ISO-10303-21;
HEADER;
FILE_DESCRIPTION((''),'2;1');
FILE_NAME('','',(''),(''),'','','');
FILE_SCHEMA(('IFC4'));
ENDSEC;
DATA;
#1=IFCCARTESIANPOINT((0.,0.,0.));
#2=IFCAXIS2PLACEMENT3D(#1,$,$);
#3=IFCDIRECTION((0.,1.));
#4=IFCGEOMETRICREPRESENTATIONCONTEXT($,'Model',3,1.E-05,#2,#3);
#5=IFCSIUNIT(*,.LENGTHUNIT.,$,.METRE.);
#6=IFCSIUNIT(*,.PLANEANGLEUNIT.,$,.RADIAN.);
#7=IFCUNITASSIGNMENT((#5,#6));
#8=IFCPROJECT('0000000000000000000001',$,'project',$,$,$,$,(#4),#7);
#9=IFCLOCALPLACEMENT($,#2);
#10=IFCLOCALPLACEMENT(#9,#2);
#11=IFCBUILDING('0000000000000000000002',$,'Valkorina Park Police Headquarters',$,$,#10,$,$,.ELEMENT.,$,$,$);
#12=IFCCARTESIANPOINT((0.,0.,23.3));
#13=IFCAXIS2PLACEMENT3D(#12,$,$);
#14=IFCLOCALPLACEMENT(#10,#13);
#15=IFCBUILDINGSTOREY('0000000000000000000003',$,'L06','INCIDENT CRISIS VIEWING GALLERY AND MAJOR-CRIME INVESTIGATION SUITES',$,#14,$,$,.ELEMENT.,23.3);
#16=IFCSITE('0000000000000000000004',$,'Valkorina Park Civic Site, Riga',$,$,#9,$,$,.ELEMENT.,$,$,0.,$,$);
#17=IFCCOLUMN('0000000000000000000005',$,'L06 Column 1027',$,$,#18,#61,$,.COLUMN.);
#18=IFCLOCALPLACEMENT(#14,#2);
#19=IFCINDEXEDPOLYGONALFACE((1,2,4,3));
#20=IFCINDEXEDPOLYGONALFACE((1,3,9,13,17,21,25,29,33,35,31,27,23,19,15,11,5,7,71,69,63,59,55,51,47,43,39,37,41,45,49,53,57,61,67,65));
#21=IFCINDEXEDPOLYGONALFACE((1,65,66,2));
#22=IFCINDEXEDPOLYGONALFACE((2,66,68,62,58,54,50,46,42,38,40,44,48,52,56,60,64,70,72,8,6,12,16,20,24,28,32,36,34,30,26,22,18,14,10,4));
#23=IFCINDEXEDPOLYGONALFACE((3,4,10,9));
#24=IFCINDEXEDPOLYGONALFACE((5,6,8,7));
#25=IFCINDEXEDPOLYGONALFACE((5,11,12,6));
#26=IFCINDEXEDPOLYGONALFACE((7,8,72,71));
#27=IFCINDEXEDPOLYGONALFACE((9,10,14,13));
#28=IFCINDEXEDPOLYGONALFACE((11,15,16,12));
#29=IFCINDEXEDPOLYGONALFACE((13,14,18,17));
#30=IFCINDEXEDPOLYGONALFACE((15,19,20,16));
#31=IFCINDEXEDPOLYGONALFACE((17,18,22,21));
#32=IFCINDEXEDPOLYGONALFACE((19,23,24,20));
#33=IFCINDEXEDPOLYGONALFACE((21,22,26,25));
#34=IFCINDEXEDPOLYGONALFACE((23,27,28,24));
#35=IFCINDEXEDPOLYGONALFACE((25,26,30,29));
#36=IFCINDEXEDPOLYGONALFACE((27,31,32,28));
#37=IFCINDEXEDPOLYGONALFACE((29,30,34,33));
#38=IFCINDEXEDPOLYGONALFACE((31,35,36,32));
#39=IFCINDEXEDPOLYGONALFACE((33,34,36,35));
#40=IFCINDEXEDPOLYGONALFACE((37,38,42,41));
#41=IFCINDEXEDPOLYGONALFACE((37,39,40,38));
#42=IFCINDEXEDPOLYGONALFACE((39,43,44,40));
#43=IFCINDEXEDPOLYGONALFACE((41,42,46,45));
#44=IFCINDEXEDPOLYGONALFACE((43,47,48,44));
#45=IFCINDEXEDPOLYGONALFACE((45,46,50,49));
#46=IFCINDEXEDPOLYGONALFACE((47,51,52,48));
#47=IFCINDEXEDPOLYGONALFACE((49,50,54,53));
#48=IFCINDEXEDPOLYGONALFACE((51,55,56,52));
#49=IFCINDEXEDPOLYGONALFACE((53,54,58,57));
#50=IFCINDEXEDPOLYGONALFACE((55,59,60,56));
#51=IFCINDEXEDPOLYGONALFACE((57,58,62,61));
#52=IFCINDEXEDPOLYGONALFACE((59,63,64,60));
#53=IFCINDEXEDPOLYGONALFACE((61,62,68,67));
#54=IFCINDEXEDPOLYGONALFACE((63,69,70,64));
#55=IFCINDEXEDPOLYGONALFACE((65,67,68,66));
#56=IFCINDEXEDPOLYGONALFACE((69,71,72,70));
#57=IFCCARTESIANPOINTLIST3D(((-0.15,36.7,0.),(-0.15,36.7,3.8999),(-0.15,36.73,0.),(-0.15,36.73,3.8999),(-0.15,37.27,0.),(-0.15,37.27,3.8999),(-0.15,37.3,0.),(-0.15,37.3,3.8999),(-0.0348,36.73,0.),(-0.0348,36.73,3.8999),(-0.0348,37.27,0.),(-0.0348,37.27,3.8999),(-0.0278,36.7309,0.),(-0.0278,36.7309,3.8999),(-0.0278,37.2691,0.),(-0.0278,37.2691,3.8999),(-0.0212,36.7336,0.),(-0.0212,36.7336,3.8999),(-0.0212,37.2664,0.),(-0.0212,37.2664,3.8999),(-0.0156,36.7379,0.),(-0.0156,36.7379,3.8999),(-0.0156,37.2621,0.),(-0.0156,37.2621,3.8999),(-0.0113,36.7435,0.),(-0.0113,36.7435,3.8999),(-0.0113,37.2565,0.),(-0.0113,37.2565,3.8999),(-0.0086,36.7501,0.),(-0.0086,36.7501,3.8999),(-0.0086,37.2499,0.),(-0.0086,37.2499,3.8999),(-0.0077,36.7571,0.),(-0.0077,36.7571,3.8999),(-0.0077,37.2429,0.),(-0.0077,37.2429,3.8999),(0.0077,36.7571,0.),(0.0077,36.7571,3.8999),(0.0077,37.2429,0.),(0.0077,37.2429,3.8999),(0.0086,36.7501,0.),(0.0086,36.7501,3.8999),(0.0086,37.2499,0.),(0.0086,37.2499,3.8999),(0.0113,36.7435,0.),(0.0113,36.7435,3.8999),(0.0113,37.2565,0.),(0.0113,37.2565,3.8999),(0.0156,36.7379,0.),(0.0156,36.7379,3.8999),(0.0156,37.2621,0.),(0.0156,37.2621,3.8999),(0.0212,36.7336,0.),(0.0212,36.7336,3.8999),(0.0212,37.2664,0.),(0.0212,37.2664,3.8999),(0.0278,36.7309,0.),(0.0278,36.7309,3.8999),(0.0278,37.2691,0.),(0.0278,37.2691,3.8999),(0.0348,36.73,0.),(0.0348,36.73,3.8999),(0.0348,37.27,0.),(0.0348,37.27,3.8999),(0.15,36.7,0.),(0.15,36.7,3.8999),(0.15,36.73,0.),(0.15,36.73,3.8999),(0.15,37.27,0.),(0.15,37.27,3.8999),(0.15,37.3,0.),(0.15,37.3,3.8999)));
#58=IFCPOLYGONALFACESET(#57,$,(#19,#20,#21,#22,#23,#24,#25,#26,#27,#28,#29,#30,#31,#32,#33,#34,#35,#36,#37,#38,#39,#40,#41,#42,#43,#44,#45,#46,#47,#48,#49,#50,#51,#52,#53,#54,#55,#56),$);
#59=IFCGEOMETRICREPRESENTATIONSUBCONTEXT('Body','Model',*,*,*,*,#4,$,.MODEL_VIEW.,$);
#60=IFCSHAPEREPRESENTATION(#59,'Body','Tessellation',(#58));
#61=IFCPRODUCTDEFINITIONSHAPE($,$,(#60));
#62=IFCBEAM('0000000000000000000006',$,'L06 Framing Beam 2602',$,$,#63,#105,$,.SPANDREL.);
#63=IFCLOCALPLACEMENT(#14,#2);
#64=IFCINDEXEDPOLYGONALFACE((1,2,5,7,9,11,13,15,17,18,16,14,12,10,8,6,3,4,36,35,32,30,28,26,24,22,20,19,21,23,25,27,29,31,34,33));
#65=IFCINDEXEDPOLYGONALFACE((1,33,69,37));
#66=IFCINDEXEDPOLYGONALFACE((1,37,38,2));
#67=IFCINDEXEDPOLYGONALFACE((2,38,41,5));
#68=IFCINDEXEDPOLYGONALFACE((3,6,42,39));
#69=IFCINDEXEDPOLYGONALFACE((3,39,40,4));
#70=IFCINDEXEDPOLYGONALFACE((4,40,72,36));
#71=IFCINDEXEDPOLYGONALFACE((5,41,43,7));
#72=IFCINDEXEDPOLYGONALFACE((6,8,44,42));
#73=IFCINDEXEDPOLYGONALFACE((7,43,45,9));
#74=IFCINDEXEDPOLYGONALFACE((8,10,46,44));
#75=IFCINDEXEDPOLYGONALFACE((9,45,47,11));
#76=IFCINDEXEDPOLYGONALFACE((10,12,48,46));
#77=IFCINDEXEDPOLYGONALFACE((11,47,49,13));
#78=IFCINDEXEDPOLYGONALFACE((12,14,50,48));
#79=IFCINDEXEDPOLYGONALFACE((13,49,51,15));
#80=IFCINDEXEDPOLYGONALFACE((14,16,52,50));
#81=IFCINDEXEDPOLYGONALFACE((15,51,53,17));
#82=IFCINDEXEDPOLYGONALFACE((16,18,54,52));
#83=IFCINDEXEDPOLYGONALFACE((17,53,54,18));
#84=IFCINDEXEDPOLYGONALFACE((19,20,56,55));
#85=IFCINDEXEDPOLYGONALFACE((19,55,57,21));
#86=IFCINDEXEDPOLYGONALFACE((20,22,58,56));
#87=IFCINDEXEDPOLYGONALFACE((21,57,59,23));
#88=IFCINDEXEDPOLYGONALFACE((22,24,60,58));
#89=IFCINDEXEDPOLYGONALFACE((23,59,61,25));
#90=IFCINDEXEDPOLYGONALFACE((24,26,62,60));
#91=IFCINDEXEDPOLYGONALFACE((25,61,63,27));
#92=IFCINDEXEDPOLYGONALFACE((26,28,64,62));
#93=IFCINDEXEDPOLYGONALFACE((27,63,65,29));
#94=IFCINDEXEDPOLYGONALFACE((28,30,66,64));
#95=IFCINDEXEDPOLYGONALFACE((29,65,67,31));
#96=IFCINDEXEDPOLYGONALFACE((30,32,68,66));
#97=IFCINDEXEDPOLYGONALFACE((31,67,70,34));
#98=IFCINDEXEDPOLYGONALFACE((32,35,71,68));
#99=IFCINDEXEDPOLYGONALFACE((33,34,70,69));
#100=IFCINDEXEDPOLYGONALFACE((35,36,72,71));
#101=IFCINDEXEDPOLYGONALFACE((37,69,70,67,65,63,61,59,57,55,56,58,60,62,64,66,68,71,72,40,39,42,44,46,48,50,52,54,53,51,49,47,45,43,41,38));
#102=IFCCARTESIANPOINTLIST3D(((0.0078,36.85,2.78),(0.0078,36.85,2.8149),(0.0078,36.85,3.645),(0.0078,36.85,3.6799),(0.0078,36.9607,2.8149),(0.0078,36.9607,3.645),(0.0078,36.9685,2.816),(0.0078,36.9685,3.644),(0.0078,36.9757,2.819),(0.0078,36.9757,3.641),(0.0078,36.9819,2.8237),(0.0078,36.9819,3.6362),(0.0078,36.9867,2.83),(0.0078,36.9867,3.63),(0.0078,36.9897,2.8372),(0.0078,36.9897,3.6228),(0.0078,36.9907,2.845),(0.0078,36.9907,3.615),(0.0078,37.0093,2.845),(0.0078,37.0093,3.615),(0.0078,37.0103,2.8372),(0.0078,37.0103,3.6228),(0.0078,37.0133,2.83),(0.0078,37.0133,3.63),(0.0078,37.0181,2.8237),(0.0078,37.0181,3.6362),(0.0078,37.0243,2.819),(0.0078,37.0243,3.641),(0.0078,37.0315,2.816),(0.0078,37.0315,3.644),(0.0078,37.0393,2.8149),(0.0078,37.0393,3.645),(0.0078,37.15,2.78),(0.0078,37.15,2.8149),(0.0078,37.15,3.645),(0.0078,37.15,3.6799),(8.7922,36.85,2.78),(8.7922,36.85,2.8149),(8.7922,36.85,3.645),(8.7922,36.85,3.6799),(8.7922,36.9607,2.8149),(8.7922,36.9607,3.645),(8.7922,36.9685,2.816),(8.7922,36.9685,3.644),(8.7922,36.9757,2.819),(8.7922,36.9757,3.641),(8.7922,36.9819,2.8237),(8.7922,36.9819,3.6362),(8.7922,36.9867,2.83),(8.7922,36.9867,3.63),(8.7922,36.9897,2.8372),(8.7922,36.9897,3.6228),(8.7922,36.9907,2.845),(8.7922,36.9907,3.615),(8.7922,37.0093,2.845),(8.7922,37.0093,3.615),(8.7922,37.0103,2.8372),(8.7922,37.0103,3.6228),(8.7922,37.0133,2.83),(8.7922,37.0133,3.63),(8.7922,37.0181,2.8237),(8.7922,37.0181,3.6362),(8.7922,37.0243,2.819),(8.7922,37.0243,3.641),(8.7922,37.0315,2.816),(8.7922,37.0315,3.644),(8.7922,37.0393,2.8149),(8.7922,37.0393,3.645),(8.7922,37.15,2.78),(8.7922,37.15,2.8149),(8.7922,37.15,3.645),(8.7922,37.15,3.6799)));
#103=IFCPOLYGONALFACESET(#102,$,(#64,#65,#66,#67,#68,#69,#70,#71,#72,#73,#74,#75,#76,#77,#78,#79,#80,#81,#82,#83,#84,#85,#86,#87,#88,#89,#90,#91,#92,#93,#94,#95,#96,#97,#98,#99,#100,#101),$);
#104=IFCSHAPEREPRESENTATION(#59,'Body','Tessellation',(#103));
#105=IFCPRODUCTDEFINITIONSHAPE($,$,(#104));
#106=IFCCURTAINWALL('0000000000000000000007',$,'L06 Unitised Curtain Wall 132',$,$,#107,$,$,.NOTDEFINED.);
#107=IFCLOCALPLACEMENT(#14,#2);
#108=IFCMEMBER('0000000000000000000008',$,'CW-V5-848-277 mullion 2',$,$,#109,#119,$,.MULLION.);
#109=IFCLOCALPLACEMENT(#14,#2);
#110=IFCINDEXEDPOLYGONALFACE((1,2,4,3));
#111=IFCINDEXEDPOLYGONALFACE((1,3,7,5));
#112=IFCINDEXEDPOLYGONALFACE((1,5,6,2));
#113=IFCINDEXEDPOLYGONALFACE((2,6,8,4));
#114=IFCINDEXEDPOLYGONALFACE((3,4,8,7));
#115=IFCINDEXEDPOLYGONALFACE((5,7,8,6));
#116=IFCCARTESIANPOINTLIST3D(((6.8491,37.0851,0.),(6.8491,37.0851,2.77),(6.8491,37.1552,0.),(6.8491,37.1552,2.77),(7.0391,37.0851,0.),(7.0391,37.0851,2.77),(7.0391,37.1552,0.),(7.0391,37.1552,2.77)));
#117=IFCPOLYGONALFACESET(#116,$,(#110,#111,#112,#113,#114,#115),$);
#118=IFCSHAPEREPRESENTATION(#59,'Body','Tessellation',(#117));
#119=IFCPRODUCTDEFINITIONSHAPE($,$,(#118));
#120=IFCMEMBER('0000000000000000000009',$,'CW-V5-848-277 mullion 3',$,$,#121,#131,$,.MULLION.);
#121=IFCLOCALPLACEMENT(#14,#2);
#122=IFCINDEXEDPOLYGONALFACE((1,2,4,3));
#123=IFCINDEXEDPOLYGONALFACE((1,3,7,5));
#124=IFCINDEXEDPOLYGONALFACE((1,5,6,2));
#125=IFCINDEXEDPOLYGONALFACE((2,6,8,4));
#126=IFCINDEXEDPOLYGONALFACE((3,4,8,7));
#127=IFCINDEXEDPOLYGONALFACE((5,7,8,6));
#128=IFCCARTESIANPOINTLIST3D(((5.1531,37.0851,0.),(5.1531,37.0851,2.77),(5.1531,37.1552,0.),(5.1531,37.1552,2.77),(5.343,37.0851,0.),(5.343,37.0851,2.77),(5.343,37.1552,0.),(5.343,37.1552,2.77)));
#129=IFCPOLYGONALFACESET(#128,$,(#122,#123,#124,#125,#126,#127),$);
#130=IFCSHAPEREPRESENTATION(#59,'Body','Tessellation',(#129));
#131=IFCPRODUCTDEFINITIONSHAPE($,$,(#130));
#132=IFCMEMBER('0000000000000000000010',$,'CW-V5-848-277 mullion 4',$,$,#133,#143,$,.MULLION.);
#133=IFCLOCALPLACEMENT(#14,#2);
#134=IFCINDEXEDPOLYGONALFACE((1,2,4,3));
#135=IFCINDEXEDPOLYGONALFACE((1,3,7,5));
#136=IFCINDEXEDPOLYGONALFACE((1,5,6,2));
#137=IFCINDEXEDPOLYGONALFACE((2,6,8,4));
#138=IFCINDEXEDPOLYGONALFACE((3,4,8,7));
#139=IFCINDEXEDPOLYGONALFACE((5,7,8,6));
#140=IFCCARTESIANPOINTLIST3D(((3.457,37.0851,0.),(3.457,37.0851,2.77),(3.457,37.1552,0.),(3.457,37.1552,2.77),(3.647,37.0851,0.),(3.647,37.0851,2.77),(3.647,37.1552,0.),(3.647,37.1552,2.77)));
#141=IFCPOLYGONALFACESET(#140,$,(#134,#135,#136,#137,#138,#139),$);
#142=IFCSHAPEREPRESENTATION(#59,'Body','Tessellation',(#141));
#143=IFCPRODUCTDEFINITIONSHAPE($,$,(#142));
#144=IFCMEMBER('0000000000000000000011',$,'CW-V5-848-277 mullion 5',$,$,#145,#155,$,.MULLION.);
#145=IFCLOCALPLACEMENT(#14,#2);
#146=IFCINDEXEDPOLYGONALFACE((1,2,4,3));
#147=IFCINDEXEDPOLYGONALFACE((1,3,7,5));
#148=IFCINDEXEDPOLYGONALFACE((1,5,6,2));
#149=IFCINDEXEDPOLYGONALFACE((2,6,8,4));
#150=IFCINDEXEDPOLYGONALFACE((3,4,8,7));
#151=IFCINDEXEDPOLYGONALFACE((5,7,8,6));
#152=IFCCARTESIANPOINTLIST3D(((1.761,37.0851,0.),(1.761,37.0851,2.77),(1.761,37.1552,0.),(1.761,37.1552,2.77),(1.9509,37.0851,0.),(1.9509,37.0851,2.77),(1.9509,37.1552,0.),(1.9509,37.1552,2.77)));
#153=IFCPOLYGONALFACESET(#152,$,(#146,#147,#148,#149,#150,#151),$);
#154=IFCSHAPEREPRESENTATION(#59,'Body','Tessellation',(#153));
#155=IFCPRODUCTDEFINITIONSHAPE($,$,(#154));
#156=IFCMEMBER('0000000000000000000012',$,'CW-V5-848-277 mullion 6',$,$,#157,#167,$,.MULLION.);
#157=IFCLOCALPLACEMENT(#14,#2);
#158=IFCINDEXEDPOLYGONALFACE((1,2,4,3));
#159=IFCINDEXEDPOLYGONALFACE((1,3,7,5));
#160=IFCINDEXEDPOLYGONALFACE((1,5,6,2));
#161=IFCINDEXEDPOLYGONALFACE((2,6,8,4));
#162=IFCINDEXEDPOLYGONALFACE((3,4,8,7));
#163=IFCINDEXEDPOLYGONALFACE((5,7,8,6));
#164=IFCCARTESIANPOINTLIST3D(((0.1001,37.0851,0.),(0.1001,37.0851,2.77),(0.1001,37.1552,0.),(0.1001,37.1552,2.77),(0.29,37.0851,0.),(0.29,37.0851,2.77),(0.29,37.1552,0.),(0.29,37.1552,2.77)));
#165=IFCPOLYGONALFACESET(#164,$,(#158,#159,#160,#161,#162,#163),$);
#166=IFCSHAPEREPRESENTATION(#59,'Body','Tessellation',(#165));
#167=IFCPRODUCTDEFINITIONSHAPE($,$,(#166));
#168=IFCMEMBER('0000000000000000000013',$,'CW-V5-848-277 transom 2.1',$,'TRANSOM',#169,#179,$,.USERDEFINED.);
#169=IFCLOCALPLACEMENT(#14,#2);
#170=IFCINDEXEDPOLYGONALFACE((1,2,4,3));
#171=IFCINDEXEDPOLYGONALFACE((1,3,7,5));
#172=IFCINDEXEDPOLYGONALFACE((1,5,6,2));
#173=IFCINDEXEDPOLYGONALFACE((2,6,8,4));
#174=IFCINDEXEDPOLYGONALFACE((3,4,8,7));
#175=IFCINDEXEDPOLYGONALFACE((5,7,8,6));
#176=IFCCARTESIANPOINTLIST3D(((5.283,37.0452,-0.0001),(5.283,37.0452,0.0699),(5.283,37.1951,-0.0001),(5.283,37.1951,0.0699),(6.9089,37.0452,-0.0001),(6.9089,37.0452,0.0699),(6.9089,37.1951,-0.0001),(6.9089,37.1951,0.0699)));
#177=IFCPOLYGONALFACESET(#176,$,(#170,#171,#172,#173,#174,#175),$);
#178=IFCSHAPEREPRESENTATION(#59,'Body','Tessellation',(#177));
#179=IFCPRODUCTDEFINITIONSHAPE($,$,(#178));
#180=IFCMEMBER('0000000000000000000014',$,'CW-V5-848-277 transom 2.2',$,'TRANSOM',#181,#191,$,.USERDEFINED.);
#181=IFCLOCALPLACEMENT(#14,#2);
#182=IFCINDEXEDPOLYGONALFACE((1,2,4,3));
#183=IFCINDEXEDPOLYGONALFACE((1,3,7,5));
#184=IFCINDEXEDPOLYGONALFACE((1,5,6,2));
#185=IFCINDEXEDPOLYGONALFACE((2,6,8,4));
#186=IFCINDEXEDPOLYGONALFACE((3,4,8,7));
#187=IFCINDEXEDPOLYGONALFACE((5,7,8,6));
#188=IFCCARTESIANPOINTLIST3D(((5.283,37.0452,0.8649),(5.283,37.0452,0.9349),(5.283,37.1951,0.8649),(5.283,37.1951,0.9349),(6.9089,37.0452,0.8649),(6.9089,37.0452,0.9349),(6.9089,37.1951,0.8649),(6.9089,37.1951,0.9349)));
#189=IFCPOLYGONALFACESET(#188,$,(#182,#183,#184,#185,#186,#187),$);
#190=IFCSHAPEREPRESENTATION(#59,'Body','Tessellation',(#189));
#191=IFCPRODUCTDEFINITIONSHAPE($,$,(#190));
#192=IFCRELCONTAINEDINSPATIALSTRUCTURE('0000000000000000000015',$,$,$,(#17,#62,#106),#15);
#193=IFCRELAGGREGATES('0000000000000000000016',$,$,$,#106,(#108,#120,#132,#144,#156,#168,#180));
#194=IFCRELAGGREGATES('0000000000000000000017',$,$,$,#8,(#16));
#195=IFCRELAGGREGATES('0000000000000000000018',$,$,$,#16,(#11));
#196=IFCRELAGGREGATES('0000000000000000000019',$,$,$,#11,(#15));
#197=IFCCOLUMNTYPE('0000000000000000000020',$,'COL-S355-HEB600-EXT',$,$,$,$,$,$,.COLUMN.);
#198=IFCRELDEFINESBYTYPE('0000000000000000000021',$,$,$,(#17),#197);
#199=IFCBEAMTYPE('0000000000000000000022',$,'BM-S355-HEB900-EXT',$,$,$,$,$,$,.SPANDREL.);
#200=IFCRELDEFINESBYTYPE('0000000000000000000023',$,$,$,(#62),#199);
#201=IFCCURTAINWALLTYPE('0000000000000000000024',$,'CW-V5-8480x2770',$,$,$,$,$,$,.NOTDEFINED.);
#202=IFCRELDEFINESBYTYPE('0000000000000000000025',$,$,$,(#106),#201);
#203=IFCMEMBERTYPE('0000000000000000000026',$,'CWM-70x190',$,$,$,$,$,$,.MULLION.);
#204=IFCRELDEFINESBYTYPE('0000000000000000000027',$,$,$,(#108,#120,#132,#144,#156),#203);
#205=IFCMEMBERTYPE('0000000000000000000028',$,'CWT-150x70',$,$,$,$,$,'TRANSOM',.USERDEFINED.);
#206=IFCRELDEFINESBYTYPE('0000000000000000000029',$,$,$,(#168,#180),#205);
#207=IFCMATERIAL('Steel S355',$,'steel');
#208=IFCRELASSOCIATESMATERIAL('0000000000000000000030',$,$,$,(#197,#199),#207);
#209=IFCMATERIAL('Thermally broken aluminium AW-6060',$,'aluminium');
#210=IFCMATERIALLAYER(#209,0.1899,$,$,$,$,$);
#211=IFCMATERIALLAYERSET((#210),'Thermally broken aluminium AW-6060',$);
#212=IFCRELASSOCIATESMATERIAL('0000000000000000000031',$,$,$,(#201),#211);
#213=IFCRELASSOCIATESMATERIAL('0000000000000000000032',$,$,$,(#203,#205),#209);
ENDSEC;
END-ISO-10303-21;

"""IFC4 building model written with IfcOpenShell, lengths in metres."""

from ifc_helpers import new_model, si_unit, direction, frame, origin, origin_2d, place, context, subcontext, project, spatial, rectangle, i_section, extrude, material, layer, layer_set, material_profile, profile_set, type_object, element, aggregate, save


model = new_model("IFC4")

# Units and contexts
model_context = context("Model", 3, precision=1e-05, world=origin(), true_north=direction((0.0, 1.0)))
body_context = subcontext(model_context, "Body", "Model", "MODEL_VIEW")
ifc_project = project(units=[si_unit("LENGTHUNIT", "METRE"), si_unit("PLANEANGLEUNIT", "RADIAN")], contexts=[model_context])

# Site, building, storey
site_placement = place(None, origin())
site = spatial("IfcSite", under=ifc_project, at=site_placement, Name="Valkorina Park Civic Site, Riga", CompositionType="ELEMENT", RefElevation=0.0)
building_placement = place(site_placement, origin())
building = spatial("IfcBuilding", under=site, at=building_placement, Name="Valkorina Park Police Headquarters", CompositionType="ELEMENT")
storey_placement = place(building_placement, frame((0.0, 0.0, 23.3)))
storey = spatial("IfcBuildingStorey", under=building, at=storey_placement, Name="L06", Description="INCIDENT CRISIS VIEWING GALLERY AND MAJOR-CRIME INVESTIGATION SUITES", CompositionType="ELEMENT", Elevation=23.3)

# Column
ifc_material_1 = material(Name="Steel S355", Category="steel")
ifc_material_profile_1 = material_profile(ifc_material_1, i_section(OverallWidth=0.3, OverallDepth=0.6001, WebThickness=0.0154, FlangeThickness=0.03, FilletRadius=0.0271, at=origin_2d()), Name="HEB 600")
ifc_profile_set_1 = profile_set([ifc_material_profile_1], Name="Steel S355")
column_type = type_object("IfcColumnType", Name="COL-S355-HEB600-EXT", PredefinedType="COLUMN", material=ifc_profile_set_1)
column_placement = place(storey_placement, frame((0.0, 37.0, 0.0), z_axis=(0.0, 0.0, 1.0), x_axis=(1.0, 0.0, 0.0)))
element("IfcColumn", 1, at=column_placement, inside=storey, type_object=column_type, Name="L06 Column 1027", PredefinedType="COLUMN", context=body_context, shape_type="SweptSolid", body=[
    extrude(i_section(OverallWidth=0.3, OverallDepth=0.6001, WebThickness=0.0154, FlangeThickness=0.03, FilletRadius=0.0271, at=origin_2d()), origin(), (0.0, 0.0, 1.0), 3.8999),
])

# Beam
ifc_material_profile_2 = material_profile(ifc_material_1, i_section(OverallWidth=0.3, OverallDepth=0.8999, WebThickness=0.0186, FlangeThickness=0.0349, FilletRadius=0.03, at=origin_2d()), Name="HEB 900")
ifc_profile_set_2 = profile_set([ifc_material_profile_2], Name="Steel S355")
beam_type = type_object("IfcBeamType", Name="BM-S355-HEB900-EXT", PredefinedType="SPANDREL", material=ifc_profile_set_2)
beam_placement = place(storey_placement, frame((0.0078, 37.0, 3.23), z_axis=(1.0, 0.0, 0.0), x_axis=(0.0, 1.0, 0.0)))
element("IfcBeam", 2, at=beam_placement, inside=storey, type_object=beam_type, Name="L06 Framing Beam 2602", PredefinedType="SPANDREL", context=body_context, shape_type="SweptSolid", body=[
    extrude(i_section(OverallWidth=0.3, OverallDepth=0.8999, WebThickness=0.0186, FlangeThickness=0.0349, FilletRadius=0.03, at=origin_2d()), origin(), (0.0, 0.0, 1.0), 8.7844),
])

# Curtain wall, members
ifc_material_2 = material(Name="Thermally broken aluminium AW-6060", Category="aluminium")
ifc_layer_1 = layer(ifc_material_2, 0.1899)
ifc_layer_set_1 = layer_set([ifc_layer_1], Name="Thermally broken aluminium AW-6060")
curtain_wall_type = type_object("IfcCurtainWallType", Name="CW-V5-8480x2770", PredefinedType="NOTDEFINED", material=ifc_layer_set_1)
curtain_wall_placement = place(storey_placement, origin())
curtain_wall = element("IfcCurtainWall", 3, at=curtain_wall_placement, inside=storey, type_object=curtain_wall_type, Name="L06 Unitised Curtain Wall 132", PredefinedType="NOTDEFINED")
ifc_material_profile_3 = material_profile(ifc_material_2, rectangle(XDim=0.0701, YDim=0.1899, at=origin_2d()), Name="CWM-02 70x190")
ifc_profile_set_3 = profile_set([ifc_material_profile_3], Name="Thermally broken aluminium AW-6060")
member_type_1 = type_object("IfcMemberType", Name="CWM-70x190", PredefinedType="MULLION", material=ifc_profile_set_3)
member_1_placement = place(storey_placement, frame((6.9441, 37.1201, 0.0), z_axis=(0.0, 0.0, 1.0), x_axis=(0.0, -1.0, 0.0)))
member_1 = element("IfcMember", 4, at=member_1_placement, type_object=member_type_1, Name="CW-V5-848-277 mullion 2", PredefinedType="MULLION", context=body_context, shape_type="SweptSolid", body=[
    extrude(rectangle(XDim=0.0701, YDim=0.1899, at=origin_2d()), origin(), (0.0, 0.0, 1.0), 2.77),
])
member_2_placement = place(storey_placement, frame((5.248, 37.1201, 0.0), z_axis=(0.0, 0.0, 1.0), x_axis=(0.0, -1.0, 0.0)))
member_2 = element("IfcMember", 5, at=member_2_placement, type_object=member_type_1, Name="CW-V5-848-277 mullion 3", PredefinedType="MULLION", context=body_context, shape_type="SweptSolid", body=[
    extrude(rectangle(XDim=0.0701, YDim=0.1899, at=origin_2d()), origin(), (0.0, 0.0, 1.0), 2.77),
])
member_3_placement = place(storey_placement, frame((3.552, 37.1201, 0.0), z_axis=(0.0, 0.0, 1.0), x_axis=(0.0, -1.0, 0.0)))
member_3 = element("IfcMember", 6, at=member_3_placement, type_object=member_type_1, Name="CW-V5-848-277 mullion 4", PredefinedType="MULLION", context=body_context, shape_type="SweptSolid", body=[
    extrude(rectangle(XDim=0.0701, YDim=0.1899, at=origin_2d()), origin(), (0.0, 0.0, 1.0), 2.77),
])
member_4_placement = place(storey_placement, frame((1.856, 37.1201, 0.0), z_axis=(0.0, 0.0, 1.0), x_axis=(0.0, -1.0, 0.0)))
member_4 = element("IfcMember", 7, at=member_4_placement, type_object=member_type_1, Name="CW-V5-848-277 mullion 5", PredefinedType="MULLION", context=body_context, shape_type="SweptSolid", body=[
    extrude(rectangle(XDim=0.0701, YDim=0.1899, at=origin_2d()), origin(), (0.0, 0.0, 1.0), 2.77),
])
member_5_placement = place(storey_placement, frame((0.1951, 37.1201, 0.0), z_axis=(0.0, 0.0, 1.0), x_axis=(0.0, -1.0, 0.0)))
member_5 = element("IfcMember", 8, at=member_5_placement, type_object=member_type_1, Name="CW-V5-848-277 mullion 6", PredefinedType="MULLION", context=body_context, shape_type="SweptSolid", body=[
    extrude(rectangle(XDim=0.0701, YDim=0.1899, at=origin_2d()), origin(), (0.0, 0.0, 1.0), 2.77),
])
ifc_material_profile_4 = material_profile(ifc_material_2, rectangle(XDim=0.1499, YDim=0.0701, at=origin_2d()), Name="CWT-02 150x70")
ifc_profile_set_4 = profile_set([ifc_material_profile_4], Name="Thermally broken aluminium AW-6060")
member_type_2 = type_object("IfcMemberType", Name="CWT-150x70", ElementType="TRANSOM", PredefinedType="USERDEFINED", material=ifc_profile_set_4)
member_6_placement = place(storey_placement, frame((6.9089, 37.1201, 0.0349), z_axis=(-1.0, 0.0, 0.0), x_axis=(0.0, -1.0, 0.0)))
member_6 = element("IfcMember", 9, at=member_6_placement, type_object=member_type_2, Name="CW-V5-848-277 transom 2.1", ObjectType="TRANSOM", PredefinedType="USERDEFINED", context=body_context, shape_type="SweptSolid", body=[
    extrude(rectangle(XDim=0.1499, YDim=0.0701, at=origin_2d()), origin(), (0.0, 0.0, 1.0), 1.626),
])
member_7_placement = place(storey_placement, frame((6.9089, 37.1201, 0.8999), z_axis=(-1.0, 0.0, 0.0), x_axis=(0.0, -1.0, 0.0)))
member_7 = element("IfcMember", 10, at=member_7_placement, type_object=member_type_2, Name="CW-V5-848-277 transom 2.2", ObjectType="TRANSOM", PredefinedType="USERDEFINED", context=body_context, shape_type="SweptSolid", body=[
    extrude(rectangle(XDim=0.1499, YDim=0.0701, at=origin_2d()), origin(), (0.0, 0.0, 1.0), 1.626),
])
aggregate(curtain_wall, [member_1, member_2, member_3, member_4, member_5, member_6, member_7])

save(model, "model.ifc")
